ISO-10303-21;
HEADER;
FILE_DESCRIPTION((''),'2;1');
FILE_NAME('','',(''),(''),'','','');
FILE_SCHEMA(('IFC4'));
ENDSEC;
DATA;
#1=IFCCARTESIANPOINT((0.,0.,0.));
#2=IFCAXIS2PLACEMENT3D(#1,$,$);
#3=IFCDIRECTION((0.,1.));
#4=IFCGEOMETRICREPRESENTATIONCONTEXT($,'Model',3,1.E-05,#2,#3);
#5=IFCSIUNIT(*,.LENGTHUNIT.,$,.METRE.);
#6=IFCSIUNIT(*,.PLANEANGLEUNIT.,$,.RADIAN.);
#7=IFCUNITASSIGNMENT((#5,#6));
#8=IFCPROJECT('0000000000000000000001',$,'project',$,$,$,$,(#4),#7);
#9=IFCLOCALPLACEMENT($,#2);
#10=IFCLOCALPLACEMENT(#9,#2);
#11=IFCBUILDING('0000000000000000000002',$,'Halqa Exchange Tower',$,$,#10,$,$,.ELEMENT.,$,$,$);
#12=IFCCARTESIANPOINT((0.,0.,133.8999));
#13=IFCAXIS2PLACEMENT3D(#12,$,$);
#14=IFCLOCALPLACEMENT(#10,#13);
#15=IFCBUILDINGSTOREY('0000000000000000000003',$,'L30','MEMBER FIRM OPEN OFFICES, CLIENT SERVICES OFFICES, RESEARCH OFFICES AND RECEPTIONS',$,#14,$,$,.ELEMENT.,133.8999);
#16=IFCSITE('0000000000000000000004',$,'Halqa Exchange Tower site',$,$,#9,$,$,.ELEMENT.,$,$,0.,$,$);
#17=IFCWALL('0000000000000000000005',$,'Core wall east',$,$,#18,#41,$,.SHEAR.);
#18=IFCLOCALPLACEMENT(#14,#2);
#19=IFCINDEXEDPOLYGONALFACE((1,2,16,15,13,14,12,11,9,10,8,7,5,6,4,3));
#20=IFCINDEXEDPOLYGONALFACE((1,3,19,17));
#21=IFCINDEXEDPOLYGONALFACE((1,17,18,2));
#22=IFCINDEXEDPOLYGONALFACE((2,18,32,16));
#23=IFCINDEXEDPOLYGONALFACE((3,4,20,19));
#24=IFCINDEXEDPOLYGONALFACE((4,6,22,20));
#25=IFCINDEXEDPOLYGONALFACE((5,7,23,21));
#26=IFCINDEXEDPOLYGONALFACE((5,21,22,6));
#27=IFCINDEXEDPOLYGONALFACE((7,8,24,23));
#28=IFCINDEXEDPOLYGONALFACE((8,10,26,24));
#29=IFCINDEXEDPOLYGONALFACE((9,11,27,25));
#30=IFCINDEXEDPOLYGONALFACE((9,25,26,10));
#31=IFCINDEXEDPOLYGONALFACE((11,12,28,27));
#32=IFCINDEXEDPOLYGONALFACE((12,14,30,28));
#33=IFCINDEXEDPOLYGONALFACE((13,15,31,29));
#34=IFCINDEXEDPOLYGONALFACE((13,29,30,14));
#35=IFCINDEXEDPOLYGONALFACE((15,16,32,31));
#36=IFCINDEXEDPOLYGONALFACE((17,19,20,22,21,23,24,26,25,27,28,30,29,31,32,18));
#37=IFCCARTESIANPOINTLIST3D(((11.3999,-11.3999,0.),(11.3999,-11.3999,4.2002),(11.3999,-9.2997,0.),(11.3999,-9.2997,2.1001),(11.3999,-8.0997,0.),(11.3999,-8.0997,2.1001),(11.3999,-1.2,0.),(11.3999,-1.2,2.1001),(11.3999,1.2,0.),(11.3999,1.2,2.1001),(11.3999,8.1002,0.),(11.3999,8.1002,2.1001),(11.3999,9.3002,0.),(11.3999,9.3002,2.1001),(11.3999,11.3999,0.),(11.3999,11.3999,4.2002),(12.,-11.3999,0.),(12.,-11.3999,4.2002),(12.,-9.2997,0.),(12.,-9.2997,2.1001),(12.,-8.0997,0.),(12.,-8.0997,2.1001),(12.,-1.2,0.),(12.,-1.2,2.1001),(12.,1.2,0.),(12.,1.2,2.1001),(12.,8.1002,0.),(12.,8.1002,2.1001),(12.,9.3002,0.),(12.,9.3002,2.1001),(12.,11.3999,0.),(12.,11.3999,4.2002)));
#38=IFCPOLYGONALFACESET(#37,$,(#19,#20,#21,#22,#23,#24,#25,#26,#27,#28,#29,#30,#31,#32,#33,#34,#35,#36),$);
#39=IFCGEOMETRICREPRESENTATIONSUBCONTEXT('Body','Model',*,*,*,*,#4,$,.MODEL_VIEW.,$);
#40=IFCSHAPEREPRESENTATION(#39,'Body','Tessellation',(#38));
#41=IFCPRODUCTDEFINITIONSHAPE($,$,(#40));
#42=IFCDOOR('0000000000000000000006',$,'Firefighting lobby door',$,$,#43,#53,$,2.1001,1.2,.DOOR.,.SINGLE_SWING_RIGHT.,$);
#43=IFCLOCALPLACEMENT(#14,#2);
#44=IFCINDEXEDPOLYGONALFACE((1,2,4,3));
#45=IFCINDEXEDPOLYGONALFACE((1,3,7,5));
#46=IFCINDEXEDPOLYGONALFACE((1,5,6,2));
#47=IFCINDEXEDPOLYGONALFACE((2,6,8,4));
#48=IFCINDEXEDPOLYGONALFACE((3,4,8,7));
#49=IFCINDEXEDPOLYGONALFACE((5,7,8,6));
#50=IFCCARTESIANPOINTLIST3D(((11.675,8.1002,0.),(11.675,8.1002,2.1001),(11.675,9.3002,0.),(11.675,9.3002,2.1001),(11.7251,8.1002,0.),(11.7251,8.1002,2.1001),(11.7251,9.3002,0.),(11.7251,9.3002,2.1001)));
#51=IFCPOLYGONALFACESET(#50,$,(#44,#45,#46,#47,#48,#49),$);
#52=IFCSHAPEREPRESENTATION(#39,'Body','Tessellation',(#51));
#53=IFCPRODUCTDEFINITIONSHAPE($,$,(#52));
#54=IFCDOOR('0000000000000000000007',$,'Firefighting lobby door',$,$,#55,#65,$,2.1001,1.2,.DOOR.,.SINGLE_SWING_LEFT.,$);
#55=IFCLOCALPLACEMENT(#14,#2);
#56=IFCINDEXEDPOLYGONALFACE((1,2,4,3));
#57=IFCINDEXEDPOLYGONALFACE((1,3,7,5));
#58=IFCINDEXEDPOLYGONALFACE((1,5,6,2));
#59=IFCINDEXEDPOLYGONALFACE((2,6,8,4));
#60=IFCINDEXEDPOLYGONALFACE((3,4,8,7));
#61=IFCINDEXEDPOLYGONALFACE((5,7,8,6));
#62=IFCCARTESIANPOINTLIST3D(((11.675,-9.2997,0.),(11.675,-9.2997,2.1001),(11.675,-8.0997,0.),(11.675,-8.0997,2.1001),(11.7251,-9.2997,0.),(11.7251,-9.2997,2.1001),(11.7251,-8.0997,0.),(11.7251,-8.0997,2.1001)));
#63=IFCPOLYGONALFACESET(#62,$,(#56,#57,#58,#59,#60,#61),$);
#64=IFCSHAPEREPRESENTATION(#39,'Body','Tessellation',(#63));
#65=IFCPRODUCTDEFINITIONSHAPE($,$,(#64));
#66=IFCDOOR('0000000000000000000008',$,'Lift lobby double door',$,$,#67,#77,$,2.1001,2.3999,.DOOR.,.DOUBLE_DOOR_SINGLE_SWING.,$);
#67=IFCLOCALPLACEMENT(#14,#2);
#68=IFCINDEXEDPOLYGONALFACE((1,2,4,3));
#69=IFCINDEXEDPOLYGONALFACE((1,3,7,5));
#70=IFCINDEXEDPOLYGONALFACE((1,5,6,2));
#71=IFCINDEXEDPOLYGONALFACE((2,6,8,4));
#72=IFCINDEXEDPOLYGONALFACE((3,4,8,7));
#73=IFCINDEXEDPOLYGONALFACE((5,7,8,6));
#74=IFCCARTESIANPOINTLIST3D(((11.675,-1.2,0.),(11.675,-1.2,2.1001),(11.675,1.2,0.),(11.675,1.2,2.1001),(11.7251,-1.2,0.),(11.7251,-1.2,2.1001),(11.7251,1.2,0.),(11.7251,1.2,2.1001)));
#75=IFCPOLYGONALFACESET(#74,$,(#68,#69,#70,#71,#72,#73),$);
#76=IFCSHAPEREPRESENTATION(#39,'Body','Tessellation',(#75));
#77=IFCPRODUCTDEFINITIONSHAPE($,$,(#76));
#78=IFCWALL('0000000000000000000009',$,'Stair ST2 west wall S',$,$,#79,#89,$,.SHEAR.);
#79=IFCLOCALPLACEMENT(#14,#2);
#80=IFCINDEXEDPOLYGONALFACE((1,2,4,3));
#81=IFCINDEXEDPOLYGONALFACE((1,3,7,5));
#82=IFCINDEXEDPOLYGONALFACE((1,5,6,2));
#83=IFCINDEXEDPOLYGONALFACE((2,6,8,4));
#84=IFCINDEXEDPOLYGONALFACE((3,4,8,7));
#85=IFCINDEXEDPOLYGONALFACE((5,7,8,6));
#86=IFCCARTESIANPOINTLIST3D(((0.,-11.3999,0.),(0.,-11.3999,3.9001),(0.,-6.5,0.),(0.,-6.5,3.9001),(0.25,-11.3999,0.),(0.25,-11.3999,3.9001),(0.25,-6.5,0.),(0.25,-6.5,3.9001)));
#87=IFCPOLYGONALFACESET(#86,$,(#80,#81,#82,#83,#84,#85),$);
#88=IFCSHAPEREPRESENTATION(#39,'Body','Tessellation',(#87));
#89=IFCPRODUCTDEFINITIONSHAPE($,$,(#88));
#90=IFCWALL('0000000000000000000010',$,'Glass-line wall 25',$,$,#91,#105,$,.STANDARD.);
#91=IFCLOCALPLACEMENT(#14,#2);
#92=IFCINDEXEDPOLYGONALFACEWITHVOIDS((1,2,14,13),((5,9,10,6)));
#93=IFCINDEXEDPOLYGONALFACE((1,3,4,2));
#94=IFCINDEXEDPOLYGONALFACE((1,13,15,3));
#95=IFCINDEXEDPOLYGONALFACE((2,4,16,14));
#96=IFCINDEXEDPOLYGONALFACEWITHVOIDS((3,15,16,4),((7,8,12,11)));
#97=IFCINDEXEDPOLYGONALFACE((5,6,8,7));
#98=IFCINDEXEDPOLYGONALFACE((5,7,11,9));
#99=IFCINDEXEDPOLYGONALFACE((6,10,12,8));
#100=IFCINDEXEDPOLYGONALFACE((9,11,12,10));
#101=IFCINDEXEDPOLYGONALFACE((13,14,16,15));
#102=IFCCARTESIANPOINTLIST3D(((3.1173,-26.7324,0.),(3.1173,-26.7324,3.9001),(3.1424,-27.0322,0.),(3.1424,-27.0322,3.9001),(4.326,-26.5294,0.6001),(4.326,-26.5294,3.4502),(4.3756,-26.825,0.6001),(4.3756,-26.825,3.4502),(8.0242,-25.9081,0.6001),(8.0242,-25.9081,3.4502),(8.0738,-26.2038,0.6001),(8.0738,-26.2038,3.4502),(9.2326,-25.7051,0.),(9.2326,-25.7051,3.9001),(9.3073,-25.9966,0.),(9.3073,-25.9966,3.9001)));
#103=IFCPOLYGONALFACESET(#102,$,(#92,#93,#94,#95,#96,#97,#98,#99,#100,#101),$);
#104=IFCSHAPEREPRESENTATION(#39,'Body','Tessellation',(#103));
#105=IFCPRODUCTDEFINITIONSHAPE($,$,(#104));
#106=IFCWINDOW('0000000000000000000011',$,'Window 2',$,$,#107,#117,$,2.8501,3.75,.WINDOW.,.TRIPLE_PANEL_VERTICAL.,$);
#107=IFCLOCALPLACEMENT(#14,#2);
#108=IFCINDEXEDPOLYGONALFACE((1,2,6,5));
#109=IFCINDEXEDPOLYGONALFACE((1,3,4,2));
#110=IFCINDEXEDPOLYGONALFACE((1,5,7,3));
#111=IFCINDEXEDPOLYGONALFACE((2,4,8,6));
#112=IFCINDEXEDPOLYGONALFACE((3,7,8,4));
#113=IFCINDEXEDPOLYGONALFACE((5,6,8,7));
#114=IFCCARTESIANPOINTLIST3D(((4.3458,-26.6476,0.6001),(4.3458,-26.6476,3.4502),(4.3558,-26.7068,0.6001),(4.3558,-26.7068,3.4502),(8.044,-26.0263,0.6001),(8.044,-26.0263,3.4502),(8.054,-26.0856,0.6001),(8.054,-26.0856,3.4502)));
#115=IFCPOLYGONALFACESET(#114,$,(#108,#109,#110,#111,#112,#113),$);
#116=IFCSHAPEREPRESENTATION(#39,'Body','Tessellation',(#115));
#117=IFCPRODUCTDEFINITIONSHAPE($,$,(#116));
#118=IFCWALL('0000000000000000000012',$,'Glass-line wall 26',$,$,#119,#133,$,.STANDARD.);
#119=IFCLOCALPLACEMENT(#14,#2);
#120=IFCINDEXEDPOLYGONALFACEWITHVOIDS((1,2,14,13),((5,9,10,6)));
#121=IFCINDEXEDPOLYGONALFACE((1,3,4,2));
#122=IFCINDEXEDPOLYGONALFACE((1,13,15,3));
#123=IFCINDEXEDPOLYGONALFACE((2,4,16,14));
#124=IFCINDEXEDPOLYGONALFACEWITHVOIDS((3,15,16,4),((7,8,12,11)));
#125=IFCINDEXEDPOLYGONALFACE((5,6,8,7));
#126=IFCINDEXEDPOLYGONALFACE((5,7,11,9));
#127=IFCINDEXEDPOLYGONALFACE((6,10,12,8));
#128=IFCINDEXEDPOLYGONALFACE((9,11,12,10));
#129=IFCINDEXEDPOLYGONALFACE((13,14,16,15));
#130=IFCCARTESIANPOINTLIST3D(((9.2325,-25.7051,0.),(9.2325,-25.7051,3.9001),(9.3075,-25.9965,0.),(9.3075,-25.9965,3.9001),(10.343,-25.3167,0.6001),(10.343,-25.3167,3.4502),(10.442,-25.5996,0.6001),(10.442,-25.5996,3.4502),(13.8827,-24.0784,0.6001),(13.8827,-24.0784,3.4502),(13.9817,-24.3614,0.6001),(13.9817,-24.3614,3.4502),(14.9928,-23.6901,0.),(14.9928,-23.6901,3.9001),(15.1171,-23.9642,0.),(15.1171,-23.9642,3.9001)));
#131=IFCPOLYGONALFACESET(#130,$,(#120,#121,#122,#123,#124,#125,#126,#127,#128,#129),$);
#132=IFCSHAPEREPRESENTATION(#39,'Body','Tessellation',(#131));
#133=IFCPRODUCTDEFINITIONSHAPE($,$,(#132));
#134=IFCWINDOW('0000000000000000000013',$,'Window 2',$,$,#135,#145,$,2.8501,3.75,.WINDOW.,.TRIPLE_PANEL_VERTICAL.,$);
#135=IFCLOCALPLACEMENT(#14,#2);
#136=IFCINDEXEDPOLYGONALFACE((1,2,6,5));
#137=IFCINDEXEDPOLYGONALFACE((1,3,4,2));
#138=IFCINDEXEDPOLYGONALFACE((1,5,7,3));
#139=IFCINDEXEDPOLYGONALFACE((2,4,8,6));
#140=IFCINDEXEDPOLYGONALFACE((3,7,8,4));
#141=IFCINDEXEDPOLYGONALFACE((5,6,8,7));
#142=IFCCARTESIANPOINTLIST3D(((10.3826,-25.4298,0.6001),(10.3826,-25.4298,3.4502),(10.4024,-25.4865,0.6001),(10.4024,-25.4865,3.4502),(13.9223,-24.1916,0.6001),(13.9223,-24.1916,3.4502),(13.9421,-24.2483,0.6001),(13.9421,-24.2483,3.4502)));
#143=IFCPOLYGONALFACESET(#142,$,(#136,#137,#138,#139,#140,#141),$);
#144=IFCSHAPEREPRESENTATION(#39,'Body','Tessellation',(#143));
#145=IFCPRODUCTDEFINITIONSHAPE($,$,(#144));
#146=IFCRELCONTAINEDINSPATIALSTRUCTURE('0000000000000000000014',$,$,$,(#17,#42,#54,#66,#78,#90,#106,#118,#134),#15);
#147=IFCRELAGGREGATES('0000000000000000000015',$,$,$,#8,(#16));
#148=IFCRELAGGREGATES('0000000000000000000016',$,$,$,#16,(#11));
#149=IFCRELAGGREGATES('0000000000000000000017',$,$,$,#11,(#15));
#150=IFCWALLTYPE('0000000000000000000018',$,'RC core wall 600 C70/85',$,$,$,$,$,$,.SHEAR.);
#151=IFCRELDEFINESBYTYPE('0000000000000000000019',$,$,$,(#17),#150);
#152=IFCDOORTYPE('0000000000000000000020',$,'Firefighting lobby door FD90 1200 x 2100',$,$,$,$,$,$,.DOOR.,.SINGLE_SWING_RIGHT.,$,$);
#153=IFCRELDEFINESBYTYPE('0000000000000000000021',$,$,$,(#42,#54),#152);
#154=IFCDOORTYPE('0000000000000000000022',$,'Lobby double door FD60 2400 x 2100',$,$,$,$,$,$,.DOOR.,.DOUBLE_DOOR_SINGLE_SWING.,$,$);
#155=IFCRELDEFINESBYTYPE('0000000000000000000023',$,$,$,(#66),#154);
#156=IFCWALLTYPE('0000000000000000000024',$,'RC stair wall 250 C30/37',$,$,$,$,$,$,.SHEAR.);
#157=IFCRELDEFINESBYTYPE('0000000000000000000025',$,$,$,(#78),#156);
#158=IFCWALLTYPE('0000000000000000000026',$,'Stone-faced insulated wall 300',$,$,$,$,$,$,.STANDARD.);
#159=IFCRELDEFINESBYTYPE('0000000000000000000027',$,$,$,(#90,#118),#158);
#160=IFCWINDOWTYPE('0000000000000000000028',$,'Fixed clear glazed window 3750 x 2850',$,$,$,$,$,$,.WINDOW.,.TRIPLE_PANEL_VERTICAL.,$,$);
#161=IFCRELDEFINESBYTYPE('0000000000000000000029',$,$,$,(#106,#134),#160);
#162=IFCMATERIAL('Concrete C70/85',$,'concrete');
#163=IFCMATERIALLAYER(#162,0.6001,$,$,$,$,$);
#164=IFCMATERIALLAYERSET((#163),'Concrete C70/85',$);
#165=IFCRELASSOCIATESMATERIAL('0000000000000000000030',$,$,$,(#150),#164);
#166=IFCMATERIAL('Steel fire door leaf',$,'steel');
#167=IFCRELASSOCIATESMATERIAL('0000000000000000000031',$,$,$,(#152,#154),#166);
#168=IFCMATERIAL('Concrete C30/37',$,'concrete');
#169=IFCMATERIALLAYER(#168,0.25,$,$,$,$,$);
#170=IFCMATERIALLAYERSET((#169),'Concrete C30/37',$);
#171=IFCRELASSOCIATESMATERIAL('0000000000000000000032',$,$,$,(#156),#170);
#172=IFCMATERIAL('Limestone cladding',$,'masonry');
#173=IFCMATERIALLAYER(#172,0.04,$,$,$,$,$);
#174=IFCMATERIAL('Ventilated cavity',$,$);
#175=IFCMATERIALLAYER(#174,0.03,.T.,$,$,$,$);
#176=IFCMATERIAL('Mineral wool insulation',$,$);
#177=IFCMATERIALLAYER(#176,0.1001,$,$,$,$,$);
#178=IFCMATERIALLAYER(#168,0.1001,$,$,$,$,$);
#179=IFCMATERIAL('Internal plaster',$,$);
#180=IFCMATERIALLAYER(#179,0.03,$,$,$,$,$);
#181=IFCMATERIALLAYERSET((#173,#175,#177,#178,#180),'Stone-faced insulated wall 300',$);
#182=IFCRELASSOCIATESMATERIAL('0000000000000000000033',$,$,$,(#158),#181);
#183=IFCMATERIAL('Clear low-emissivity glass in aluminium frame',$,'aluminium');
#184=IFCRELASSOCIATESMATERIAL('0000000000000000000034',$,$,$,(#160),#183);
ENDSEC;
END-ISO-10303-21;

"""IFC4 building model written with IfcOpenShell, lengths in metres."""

from ifc_helpers import new_model, si_unit, direction, frame, frame_2d, origin, place, context, subcontext, project, spatial, polyline, rectangle, outline, extrude, material, layer, layer_set, type_object, element, fill, save


model = new_model("IFC4")

# Units and contexts
model_context = context("Model", 3, precision=1e-05, world=origin(), true_north=direction((0.0, 1.0)))
body_context = subcontext(model_context, "Body", "Model", "MODEL_VIEW")
ifc_project = project(units=[si_unit("LENGTHUNIT", "METRE"), si_unit("PLANEANGLEUNIT", "RADIAN")], contexts=[model_context])

# Site, building, storey
site_placement = place(None, origin())
site = spatial("IfcSite", under=ifc_project, at=site_placement, Name="Halqa Exchange Tower site", CompositionType="ELEMENT", RefElevation=0.0)
building_placement = place(site_placement, origin())
building = spatial("IfcBuilding", under=site, at=building_placement, Name="Halqa Exchange Tower", CompositionType="ELEMENT")
storey_placement = place(building_placement, frame((0.0, 0.0, 133.8999)))
storey = spatial("IfcBuildingStorey", under=building, at=storey_placement, Name="L30", Description="MEMBER FIRM OPEN OFFICES, CLIENT SERVICES OFFICES, RESEARCH OFFICES AND RECEPTIONS", CompositionType="ELEMENT", Elevation=133.8999)

# Shared definitions
ifc_material_1 = material(Name="Concrete C70/85", Category="concrete")

# Wall, openings, doors
ifc_layer_1 = layer(ifc_material_1, 0.6001)
ifc_layer_set_1 = layer_set([ifc_layer_1], Name="Concrete C70/85")
wall_type_1 = type_object("IfcWallType", Name="RC core wall 600 C70/85", PredefinedType="SHEAR", material=ifc_layer_set_1)
wall_1_placement = place(storey_placement, frame((11.7, -11.3999, 0.0), z_axis=(0.0, 0.0, 1.0), x_axis=(0.0, 1.0, 0.0)))
wall_1 = element("IfcWall", 1, at=wall_1_placement, inside=storey, type_object=wall_type_1, Name="Core wall east", PredefinedType="SHEAR", context=body_context, shape_type="SweptSolid", body=[
    extrude(rectangle(XDim=22.7998, YDim=0.6001, at=frame_2d((11.3999, 0.0))), origin(), (0.0, 0.0, 1.0), 4.2002),
])
opening_1_placement = place(wall_1_placement, frame((10.2, 0.0, 0.0)))
opening_1 = element("IfcOpeningElement", 2, at=opening_1_placement, cuts=wall_1, PredefinedType="OPENING", context=body_context, shape_type="SweptSolid", body=[
    extrude(rectangle(XDim=2.3999, YDim=2.1001, at=frame_2d((1.2, 1.05))), frame((0.0, 0.312, 0.0), z_axis=(0.0, -1.0, 0.0), x_axis=(1.0, 0.0, 0.0)), (0.0, 0.0, 1.0), 0.624),
])
opening_2_placement = place(wall_1_placement, frame((19.5, 0.0, 0.0)))
opening_2 = element("IfcOpeningElement", 3, at=opening_2_placement, cuts=wall_1, PredefinedType="OPENING", context=body_context, shape_type="SweptSolid", body=[
    extrude(rectangle(XDim=1.2, YDim=2.1001, at=frame_2d((0.6001, 1.05))), frame((0.0, 0.312, 0.0), z_axis=(0.0, -1.0, 0.0), x_axis=(1.0, 0.0, 0.0)), (0.0, 0.0, 1.0), 0.624),
])
opening_3_placement = place(wall_1_placement, frame((2.1001, 0.0, 0.0)))
opening_3 = element("IfcOpeningElement", 4, at=opening_3_placement, cuts=wall_1, PredefinedType="OPENING", context=body_context, shape_type="SweptSolid", body=[
    extrude(rectangle(XDim=1.2, YDim=2.1001, at=frame_2d((0.6001, 1.05))), frame((0.0, 0.312, 0.0), z_axis=(0.0, -1.0, 0.0), x_axis=(1.0, 0.0, 0.0)), (0.0, 0.0, 1.0), 0.624),
])
ifc_material_2 = material(Name="Steel fire door leaf", Category="steel")
door_type_1 = type_object("IfcDoorType", Name="Firefighting lobby door FD90 1200 x 2100", OperationType="SINGLE_SWING_RIGHT", PredefinedType="DOOR", material=ifc_material_2)
door_1_placement = place(opening_2_placement, origin())
door_1 = element("IfcDoor", 5, at=door_1_placement, inside=storey, type_object=door_type_1, Name="Firefighting lobby door", OperationType="SINGLE_SWING_RIGHT", OverallHeight=2.1001, OverallWidth=1.2, PredefinedType="DOOR", context=body_context, shape_type="SweptSolid", body=[
    extrude(rectangle(XDim=1.2, YDim=2.1001, at=frame_2d((0.6001, 1.05))), frame((0.0, 0.0249, 0.0), z_axis=(0.0, -1.0, 0.0), x_axis=(1.0, 0.0, 0.0)), (0.0, 0.0, 1.0), 0.05),
])
fill(opening_2, door_1)
door_2_placement = place(opening_3_placement, origin())
door_2 = element("IfcDoor", 6, at=door_2_placement, inside=storey, type_object=door_type_1, Name="Firefighting lobby door", OperationType="SINGLE_SWING_LEFT", OverallHeight=2.1001, OverallWidth=1.2, PredefinedType="DOOR", context=body_context, shape_type="SweptSolid", body=[
    extrude(rectangle(XDim=1.2, YDim=2.1001, at=frame_2d((0.6001, 1.05))), frame((0.0, 0.0249, 0.0), z_axis=(0.0, -1.0, 0.0), x_axis=(1.0, 0.0, 0.0)), (0.0, 0.0, 1.0), 0.05),
])
fill(opening_3, door_2)
door_type_2 = type_object("IfcDoorType", Name="Lobby double door FD60 2400 x 2100", OperationType="DOUBLE_DOOR_SINGLE_SWING", PredefinedType="DOOR", material=ifc_material_2)
door_3_placement = place(opening_1_placement, origin())
door_3 = element("IfcDoor", 7, at=door_3_placement, inside=storey, type_object=door_type_2, Name="Lift lobby double door", OperationType="DOUBLE_DOOR_SINGLE_SWING", OverallHeight=2.1001, OverallWidth=2.3999, PredefinedType="DOOR", context=body_context, shape_type="SweptSolid", body=[
    extrude(rectangle(XDim=2.3999, YDim=2.1001, at=frame_2d((1.2, 1.05))), frame((0.0, 0.0249, 0.0), z_axis=(0.0, -1.0, 0.0), x_axis=(1.0, 0.0, 0.0)), (0.0, 0.0, 1.0), 0.05),
])
fill(opening_1, door_3)

# Wall
ifc_material_3 = material(Name="Concrete C30/37", Category="concrete")
ifc_layer_2 = layer(ifc_material_3, 0.25)
ifc_layer_set_2 = layer_set([ifc_layer_2], Name="Concrete C30/37")
wall_type_2 = type_object("IfcWallType", Name="RC stair wall 250 C30/37", PredefinedType="SHEAR", material=ifc_layer_set_2)
wall_2_placement = place(storey_placement, frame((0.125, -11.3999, 0.0), z_axis=(0.0, 0.0, 1.0), x_axis=(0.0, 1.0, 0.0)))
element("IfcWall", 8, at=wall_2_placement, inside=storey, type_object=wall_type_2, Name="Stair ST2 west wall S", PredefinedType="SHEAR", context=body_context, shape_type="SweptSolid", body=[
    extrude(rectangle(XDim=4.8999, YDim=0.25, at=frame_2d((2.45, 0.0))), origin(), (0.0, 0.0, 1.0), 3.9001),
])

# Walls, openings, windows
ifc_material_4 = material(Name="Limestone cladding", Category="masonry")
ifc_layer_3 = layer(ifc_material_4, 0.04)
ifc_material_5 = material(Name="Ventilated cavity")
ifc_layer_4 = layer(ifc_material_5, 0.03, ventilated=True)
ifc_material_6 = material(Name="Mineral wool insulation")
ifc_layer_5 = layer(ifc_material_6, 0.1001)
ifc_layer_6 = layer(ifc_material_3, 0.1001)
ifc_material_7 = material(Name="Internal plaster")
ifc_layer_7 = layer(ifc_material_7, 0.03)
ifc_layer_set_3 = layer_set([ifc_layer_3, ifc_layer_4, ifc_layer_5, ifc_layer_6, ifc_layer_7], Name="Stone-faced insulated wall 300")
wall_type_3 = type_object("IfcWallType", Name="Stone-faced insulated wall 300", PredefinedType="STANDARD", material=ifc_layer_set_3)
wall_3_placement = place(storey_placement, frame((3.1299, -26.8823, 0.0), z_axis=(0.0, 0.0, 1.0), x_axis=(0.986181, 0.165671, 0.0)))
wall_3 = element("IfcWall", 9, at=wall_3_placement, inside=storey, type_object=wall_type_3, Name="Glass-line wall 25", PredefinedType="STANDARD", context=body_context, shape_type="SweptSolid", body=[
    extrude(outline(polyline([(-0.0125, -0.1499), (6.2388, -0.1499), (6.2134, 0.1499), (0.0125, 0.1499), (-0.0125, -0.1499)])), origin(), (0.0, 0.0, 1.0), 3.9001),
])
opening_4_placement = place(wall_3_placement, frame((1.238, 0.0, 0.6001)))
opening_4 = element("IfcOpeningElement", 10, at=opening_4_placement, cuts=wall_3, PredefinedType="OPENING", context=body_context, shape_type="SweptSolid", body=[
    extrude(rectangle(XDim=3.75, YDim=2.8501, at=frame_2d((1.875, 1.425))), frame((0.0, 0.1621, 0.0), z_axis=(0.0, -1.0, 0.0), x_axis=(1.0, 0.0, 0.0)), (0.0, 0.0, 1.0), 0.324),
])
ifc_material_8 = material(Name="Clear low-emissivity glass in aluminium frame", Category="aluminium")
window_type = type_object("IfcWindowType", Name="Fixed clear glazed window 3750 x 2850", PartitioningType="TRIPLE_PANEL_VERTICAL", PredefinedType="WINDOW", material=ifc_material_8)
window_1_placement = place(opening_4_placement, origin())
window_1 = element("IfcWindow", 11, at=window_1_placement, inside=storey, type_object=window_type, Name="Window 2", OverallHeight=2.8501, OverallWidth=3.75, PartitioningType="TRIPLE_PANEL_VERTICAL", PredefinedType="WINDOW", context=body_context, shape_type="SweptSolid", body=[
    extrude(rectangle(XDim=3.75, YDim=2.8501, at=frame_2d((1.875, 1.425))), frame((0.0, 0.03, 0.0), z_axis=(0.0, -1.0, 0.0), x_axis=(1.0, 0.0, 0.0)), (0.0, 0.0, 1.0), 0.0601),
])
fill(opening_4, window_1)
wall_4_placement = place(storey_placement, frame((9.27, -25.8508, 0.0), z_axis=(0.0, 0.0, 1.0), x_axis=(0.943911, 0.3302, 0.0)))
wall_4 = element("IfcWall", 12, at=wall_4_placement, inside=storey, type_object=wall_type_3, Name="Glass-line wall 26", PredefinedType="STANDARD", context=body_context, shape_type="SweptSolid", body=[
    extrude(outline(polyline([(-0.0127, -0.1499), (6.1421, -0.1499), (6.1152, 0.1499), (0.0127, 0.1499), (-0.0127, -0.1499)])), origin(), (0.0, 0.0, 1.0), 3.9001),
])
opening_5_placement = place(wall_4_placement, frame((1.1892, 0.0, 0.6001)))
opening_5 = element("IfcOpeningElement", 13, at=opening_5_placement, cuts=wall_4, PredefinedType="OPENING", context=body_context, shape_type="SweptSolid", body=[
    extrude(rectangle(XDim=3.75, YDim=2.8501, at=frame_2d((1.875, 1.425))), frame((0.0, 0.1621, 0.0), z_axis=(0.0, -1.0, 0.0), x_axis=(1.0, 0.0, 0.0)), (0.0, 0.0, 1.0), 0.324),
])
window_2_placement = place(opening_5_placement, origin())
window_2 = element("IfcWindow", 14, at=window_2_placement, inside=storey, type_object=window_type, Name="Window 2", OverallHeight=2.8501, OverallWidth=3.75, PartitioningType="TRIPLE_PANEL_VERTICAL", PredefinedType="WINDOW", context=body_context, shape_type="SweptSolid", body=[
    extrude(rectangle(XDim=3.75, YDim=2.8501, at=frame_2d((1.875, 1.425))), frame((0.0, 0.03, 0.0), z_axis=(0.0, -1.0, 0.0), x_axis=(1.0, 0.0, 0.0)), (0.0, 0.0, 1.0), 0.0601),
])
fill(opening_5, window_2)

save(model, "model.ifc")
